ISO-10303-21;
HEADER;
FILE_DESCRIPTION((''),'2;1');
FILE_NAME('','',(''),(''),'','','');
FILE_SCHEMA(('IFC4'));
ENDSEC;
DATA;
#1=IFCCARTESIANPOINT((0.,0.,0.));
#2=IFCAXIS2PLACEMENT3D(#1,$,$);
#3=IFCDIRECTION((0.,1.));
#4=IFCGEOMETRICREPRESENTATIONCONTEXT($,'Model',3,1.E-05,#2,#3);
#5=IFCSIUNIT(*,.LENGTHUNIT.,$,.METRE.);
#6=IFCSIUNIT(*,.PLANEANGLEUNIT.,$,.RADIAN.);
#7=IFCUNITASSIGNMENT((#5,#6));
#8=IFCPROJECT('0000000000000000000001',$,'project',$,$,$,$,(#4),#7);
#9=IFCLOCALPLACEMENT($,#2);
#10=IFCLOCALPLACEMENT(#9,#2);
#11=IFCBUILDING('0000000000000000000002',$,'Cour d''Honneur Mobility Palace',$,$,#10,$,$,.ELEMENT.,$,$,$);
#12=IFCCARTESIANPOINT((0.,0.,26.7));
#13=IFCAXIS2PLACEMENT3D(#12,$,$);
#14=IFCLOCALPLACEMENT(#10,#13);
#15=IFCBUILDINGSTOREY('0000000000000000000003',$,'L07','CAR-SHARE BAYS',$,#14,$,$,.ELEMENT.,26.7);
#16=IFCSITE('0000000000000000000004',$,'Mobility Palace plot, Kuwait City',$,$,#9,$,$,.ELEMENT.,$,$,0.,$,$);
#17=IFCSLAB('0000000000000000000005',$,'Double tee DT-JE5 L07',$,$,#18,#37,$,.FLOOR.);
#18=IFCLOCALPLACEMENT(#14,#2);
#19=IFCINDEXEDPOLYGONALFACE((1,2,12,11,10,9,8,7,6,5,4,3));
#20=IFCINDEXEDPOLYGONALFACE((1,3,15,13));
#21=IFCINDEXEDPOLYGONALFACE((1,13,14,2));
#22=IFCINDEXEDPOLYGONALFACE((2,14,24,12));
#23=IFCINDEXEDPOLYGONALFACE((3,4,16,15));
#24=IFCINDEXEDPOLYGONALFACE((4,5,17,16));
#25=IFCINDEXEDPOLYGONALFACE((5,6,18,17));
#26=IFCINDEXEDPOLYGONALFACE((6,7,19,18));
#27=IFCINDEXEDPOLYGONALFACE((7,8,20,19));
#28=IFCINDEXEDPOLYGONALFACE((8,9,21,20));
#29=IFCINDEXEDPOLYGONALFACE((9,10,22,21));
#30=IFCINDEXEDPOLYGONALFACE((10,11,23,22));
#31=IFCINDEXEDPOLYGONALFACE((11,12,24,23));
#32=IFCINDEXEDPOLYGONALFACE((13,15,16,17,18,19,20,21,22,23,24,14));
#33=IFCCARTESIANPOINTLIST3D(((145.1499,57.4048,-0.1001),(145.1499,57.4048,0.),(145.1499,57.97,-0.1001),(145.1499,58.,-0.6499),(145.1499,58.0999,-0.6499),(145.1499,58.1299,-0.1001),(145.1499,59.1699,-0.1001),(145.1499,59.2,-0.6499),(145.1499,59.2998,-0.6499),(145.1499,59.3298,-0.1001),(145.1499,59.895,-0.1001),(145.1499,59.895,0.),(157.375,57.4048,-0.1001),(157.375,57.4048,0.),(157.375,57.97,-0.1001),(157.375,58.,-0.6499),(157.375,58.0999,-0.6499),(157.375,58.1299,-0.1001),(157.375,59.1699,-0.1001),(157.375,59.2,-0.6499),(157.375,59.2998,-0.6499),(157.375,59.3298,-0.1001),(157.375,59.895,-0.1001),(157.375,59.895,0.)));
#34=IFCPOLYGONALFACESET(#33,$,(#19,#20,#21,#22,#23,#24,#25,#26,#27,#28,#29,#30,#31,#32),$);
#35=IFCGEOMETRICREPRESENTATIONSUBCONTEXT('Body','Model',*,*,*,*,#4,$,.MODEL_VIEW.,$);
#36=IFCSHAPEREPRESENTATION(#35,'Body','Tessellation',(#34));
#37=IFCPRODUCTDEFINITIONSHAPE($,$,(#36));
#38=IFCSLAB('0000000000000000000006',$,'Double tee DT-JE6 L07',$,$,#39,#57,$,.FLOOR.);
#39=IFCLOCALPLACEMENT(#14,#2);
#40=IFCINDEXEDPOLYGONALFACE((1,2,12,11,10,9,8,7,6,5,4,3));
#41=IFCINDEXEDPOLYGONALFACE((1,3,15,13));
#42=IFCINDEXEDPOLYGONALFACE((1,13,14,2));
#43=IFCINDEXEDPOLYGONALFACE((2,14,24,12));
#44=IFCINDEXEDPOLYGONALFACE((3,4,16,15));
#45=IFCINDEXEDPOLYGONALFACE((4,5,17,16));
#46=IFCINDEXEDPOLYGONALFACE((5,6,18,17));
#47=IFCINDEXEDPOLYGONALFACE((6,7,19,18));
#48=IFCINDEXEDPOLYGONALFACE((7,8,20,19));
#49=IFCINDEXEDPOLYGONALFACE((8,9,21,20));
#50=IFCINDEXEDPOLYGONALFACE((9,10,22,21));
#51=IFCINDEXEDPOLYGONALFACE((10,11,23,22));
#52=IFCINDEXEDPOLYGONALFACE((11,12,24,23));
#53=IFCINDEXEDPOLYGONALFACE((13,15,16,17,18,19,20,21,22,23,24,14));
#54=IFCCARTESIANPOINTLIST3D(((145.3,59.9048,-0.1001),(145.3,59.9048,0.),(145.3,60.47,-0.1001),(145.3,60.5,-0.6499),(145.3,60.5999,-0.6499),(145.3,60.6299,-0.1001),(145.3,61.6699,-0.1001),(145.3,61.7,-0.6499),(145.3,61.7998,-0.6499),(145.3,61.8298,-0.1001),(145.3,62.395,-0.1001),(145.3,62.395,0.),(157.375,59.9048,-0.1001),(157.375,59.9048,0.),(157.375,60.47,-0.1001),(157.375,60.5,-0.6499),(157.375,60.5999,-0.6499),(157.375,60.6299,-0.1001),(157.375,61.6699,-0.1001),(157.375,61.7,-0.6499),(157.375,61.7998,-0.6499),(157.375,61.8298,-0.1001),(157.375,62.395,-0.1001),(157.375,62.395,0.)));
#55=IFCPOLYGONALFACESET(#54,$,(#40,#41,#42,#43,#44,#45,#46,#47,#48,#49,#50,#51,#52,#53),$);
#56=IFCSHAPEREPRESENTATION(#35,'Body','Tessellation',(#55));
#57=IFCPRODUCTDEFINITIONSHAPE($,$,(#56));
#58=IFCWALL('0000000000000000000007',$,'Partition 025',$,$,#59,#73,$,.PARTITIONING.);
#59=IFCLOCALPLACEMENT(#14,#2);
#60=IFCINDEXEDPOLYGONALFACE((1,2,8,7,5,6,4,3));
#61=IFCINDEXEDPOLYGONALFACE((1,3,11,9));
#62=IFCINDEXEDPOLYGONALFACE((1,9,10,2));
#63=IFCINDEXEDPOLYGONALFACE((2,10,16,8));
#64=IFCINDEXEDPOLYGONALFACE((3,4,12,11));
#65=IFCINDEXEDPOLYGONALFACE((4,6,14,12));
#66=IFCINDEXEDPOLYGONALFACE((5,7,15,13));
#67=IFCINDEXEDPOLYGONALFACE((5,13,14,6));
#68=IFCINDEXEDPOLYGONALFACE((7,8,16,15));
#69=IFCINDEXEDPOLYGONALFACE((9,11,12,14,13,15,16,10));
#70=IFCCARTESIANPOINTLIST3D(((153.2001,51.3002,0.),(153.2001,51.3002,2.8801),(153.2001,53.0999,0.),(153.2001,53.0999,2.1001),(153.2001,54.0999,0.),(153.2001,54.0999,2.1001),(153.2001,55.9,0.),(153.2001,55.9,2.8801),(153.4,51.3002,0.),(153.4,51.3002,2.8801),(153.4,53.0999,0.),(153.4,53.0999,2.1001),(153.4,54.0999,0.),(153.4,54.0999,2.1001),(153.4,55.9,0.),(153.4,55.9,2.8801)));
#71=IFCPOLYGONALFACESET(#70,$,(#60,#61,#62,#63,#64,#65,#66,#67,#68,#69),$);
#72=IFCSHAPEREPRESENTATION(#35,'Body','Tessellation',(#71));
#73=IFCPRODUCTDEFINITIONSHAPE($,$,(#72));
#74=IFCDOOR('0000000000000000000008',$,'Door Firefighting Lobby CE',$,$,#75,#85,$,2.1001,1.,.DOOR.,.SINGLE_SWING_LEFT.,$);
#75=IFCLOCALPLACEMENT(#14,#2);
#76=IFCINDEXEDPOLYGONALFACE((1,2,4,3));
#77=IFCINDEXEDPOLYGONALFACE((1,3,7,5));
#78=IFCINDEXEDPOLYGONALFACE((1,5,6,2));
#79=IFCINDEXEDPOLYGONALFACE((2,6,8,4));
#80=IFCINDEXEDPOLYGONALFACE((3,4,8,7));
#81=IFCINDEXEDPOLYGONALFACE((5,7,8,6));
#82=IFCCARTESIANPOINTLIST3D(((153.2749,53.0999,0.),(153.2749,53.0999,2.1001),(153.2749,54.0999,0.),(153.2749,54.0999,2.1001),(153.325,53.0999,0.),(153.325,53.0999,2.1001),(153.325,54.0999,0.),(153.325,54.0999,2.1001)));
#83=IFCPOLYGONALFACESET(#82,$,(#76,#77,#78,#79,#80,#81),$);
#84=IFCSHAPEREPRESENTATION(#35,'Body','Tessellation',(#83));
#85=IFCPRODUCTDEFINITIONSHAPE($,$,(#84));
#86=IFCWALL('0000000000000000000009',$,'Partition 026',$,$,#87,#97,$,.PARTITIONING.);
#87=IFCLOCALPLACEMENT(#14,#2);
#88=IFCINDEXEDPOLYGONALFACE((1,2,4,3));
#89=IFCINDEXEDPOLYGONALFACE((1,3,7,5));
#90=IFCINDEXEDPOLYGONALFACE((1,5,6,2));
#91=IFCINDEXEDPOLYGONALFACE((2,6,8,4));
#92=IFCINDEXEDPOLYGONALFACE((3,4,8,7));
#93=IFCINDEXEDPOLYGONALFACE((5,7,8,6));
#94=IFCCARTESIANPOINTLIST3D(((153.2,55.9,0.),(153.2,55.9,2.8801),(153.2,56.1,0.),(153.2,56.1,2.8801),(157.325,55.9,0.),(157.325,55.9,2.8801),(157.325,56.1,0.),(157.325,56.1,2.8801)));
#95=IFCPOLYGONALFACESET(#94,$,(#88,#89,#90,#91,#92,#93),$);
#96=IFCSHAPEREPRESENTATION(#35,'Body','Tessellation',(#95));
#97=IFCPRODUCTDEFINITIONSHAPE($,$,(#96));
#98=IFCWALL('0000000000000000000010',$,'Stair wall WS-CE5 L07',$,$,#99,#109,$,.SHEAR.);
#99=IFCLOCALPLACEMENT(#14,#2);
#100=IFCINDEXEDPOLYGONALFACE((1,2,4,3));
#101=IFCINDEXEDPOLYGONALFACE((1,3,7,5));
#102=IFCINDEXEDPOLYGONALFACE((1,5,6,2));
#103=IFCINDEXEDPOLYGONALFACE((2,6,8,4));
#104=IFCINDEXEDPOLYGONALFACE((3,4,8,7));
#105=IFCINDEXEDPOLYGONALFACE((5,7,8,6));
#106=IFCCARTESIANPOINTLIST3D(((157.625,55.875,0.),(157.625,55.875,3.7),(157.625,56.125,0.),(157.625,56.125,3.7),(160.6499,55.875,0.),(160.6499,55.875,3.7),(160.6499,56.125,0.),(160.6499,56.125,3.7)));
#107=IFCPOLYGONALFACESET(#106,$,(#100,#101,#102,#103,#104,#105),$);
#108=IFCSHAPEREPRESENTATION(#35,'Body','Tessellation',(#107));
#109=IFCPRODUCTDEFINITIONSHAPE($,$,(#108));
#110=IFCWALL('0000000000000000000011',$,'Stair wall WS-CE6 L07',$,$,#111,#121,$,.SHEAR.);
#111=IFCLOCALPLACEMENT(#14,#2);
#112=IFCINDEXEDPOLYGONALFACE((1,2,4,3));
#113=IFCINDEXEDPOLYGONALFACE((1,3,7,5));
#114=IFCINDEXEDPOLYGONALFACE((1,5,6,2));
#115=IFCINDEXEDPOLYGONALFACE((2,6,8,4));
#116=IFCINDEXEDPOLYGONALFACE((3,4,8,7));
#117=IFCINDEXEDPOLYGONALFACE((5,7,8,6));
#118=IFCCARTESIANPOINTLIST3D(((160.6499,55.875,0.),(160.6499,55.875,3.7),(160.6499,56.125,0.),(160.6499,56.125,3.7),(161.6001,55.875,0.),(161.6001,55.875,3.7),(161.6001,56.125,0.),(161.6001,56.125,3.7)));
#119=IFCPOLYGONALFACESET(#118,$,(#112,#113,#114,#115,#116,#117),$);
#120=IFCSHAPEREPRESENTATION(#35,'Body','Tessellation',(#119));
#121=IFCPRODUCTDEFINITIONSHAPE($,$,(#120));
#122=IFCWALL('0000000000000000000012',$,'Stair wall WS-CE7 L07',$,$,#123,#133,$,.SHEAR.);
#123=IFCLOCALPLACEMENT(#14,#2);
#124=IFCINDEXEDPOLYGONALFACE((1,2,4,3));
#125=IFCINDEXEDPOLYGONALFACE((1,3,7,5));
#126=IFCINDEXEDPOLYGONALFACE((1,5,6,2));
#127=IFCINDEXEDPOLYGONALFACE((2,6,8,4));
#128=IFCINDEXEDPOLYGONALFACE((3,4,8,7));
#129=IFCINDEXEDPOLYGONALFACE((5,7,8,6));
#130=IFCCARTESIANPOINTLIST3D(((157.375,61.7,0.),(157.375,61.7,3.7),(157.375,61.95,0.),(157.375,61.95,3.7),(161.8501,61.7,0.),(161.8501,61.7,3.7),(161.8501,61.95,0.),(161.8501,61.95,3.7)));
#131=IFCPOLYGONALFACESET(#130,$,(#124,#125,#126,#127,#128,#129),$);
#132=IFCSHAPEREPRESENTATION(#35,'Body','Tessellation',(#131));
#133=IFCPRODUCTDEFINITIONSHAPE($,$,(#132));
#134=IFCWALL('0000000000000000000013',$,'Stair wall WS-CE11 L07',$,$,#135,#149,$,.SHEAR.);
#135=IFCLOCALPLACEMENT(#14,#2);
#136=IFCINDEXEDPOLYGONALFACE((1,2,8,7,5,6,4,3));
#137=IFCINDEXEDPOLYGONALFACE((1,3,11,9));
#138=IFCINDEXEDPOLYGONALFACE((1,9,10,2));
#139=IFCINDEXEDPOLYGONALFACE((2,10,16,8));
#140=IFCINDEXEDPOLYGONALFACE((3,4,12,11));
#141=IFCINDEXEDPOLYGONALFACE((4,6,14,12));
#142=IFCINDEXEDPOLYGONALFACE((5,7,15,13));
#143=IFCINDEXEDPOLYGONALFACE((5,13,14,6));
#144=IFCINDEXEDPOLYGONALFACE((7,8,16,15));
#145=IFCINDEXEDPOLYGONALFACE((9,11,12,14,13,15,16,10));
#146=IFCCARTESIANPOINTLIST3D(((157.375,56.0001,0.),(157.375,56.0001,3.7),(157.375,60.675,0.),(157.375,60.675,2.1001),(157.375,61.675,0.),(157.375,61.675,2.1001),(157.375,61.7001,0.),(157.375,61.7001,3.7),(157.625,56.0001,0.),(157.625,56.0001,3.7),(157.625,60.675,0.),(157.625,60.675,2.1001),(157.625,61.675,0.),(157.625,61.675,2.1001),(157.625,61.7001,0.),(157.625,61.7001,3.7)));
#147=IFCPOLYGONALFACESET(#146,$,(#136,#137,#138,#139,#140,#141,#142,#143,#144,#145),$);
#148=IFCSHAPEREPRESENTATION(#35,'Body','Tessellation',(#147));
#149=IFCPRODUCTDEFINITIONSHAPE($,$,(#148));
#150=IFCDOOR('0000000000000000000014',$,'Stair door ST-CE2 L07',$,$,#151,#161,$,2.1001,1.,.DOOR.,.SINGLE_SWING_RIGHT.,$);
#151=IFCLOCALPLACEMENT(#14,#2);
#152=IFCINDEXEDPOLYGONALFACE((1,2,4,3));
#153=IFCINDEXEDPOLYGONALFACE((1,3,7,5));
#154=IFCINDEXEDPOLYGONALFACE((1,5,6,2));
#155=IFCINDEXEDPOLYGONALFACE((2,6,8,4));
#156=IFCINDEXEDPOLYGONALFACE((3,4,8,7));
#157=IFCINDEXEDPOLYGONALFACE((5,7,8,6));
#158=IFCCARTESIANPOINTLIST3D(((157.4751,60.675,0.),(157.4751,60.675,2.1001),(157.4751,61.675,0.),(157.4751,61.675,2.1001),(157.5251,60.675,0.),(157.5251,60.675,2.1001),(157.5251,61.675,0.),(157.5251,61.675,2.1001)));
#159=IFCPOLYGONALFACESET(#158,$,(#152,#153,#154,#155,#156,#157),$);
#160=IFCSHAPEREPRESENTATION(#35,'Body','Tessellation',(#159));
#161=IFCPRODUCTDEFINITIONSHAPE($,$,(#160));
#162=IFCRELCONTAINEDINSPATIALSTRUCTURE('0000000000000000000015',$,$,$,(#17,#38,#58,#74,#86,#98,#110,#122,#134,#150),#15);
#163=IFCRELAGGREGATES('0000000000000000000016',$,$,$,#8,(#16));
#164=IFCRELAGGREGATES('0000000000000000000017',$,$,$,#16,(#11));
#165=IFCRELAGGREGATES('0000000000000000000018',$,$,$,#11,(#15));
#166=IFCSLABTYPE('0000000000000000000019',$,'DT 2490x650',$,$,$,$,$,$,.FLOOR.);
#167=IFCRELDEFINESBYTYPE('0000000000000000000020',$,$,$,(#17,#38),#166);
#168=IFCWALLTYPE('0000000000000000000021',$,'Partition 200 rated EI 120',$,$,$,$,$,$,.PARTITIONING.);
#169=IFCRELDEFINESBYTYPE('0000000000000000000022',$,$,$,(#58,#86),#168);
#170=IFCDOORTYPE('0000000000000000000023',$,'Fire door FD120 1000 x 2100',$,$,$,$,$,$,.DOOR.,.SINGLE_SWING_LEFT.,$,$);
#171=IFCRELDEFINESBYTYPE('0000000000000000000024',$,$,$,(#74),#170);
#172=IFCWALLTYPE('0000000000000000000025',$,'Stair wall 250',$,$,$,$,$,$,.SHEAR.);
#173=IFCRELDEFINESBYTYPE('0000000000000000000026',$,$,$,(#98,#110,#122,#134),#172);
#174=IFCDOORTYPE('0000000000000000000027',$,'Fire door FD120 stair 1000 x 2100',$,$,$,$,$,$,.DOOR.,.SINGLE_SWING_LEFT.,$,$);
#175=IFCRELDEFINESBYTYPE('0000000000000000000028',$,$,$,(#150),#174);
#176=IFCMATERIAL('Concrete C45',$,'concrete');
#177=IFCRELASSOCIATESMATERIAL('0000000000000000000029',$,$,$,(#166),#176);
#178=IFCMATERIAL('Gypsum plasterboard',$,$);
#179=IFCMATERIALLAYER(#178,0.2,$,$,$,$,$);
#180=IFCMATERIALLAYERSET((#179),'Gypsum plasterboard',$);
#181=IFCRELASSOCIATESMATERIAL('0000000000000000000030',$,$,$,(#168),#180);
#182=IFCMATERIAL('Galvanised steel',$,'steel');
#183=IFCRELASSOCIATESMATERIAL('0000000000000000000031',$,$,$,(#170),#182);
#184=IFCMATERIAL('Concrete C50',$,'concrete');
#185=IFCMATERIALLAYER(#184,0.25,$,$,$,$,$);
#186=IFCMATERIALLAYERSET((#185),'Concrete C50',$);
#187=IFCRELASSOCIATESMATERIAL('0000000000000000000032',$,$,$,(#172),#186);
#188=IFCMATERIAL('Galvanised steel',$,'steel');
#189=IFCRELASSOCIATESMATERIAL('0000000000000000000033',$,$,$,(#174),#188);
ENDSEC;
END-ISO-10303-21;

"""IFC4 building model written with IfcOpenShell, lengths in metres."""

from ifc_helpers import new_model, si_unit, direction, frame, frame_2d, origin, place, context, subcontext, project, spatial, polyline, rectangle, outline, extrude, material, layer, layer_set, material_profile, profile_set, type_object, element, fill, save


model = new_model("IFC4")

# Units and contexts
model_context = context("Model", 3, precision=1e-05, world=origin(), true_north=direction((0.0, 1.0)))
body_context = subcontext(model_context, "Body", "Model", "MODEL_VIEW")
ifc_project = project(units=[si_unit("LENGTHUNIT", "METRE"), si_unit("PLANEANGLEUNIT", "RADIAN")], contexts=[model_context])

# Site, building, storey
site_placement = place(None, origin())
site = spatial("IfcSite", under=ifc_project, at=site_placement, Name="Mobility Palace plot, Kuwait City", CompositionType="ELEMENT", RefElevation=0.0)
building_placement = place(site_placement, origin())
building = spatial("IfcBuilding", under=site, at=building_placement, Name="Cour d'Honneur Mobility Palace", CompositionType="ELEMENT")
storey_placement = place(building_placement, frame((0.0, 0.0, 26.7)))
storey = spatial("IfcBuildingStorey", under=building, at=storey_placement, Name="L07", Description="CAR-SHARE BAYS", CompositionType="ELEMENT", Elevation=26.7)

# Slabs
ifc_material_1 = material(Name="Concrete C45", Category="concrete")
ifc_material_profile_1 = material_profile(ifc_material_1, outline(polyline([(-1.2451, 0.0), (1.2451, 0.0), (1.2451, -0.1001), (0.6799, -0.1001), (0.6499, -0.6499), (0.55, -0.6499), (0.52, -0.1001), (-0.52, -0.1001), (-0.55, -0.6499), (-0.6499, -0.6499), (-0.6799, -0.1001), (-1.2451, -0.1001), (-1.2451, 0.0)])), Name="DT 2490x650")
ifc_profile_set_1 = profile_set([ifc_material_profile_1], Name="Concrete C45")
slab_type = type_object("IfcSlabType", Name="DT 2490x650", PredefinedType="FLOOR", material=ifc_profile_set_1)
for number, where, z_axis, x_axis, name in (
    (1, (145.1499, 58.6499, 0.0), (1.0, 0.0, 0.0), (0.0, 1.0, 0.0), "Double tee DT-JE5 L07"),
):
    element("IfcSlab", number, at=place(storey_placement, frame(where, z_axis=z_axis, x_axis=x_axis)), inside=storey, type_object=slab_type, Name=name, PredefinedType="FLOOR", context=body_context, shape_type="SweptSolid", body=[
        extrude(outline(polyline([(-1.2451, 0.0), (1.2451, 0.0), (1.2451, -0.1001), (0.6799, -0.1001), (0.6499, -0.6499), (0.55, -0.6499), (0.52, -0.1001), (-0.52, -0.1001), (-0.55, -0.6499), (-0.6499, -0.6499), (-0.6799, -0.1001), (-1.2451, -0.1001), (-1.2451, 0.0)])), origin(), (0.0, 0.0, 1.0), 12.2251),
    ])
slab_placement = place(storey_placement, frame((145.3, 61.1499, 0.0), z_axis=(1.0, 0.0, 0.0), x_axis=(0.0, 1.0, 0.0)))
element("IfcSlab", 2, at=slab_placement, inside=storey, type_object=slab_type, Name="Double tee DT-JE6 L07", PredefinedType="FLOOR", context=body_context, shape_type="SweptSolid", body=[
    extrude(outline(polyline([(-1.2451, 0.0), (1.2451, 0.0), (1.2451, -0.1001), (0.6799, -0.1001), (0.6499, -0.6499), (0.55, -0.6499), (0.52, -0.1001), (-0.52, -0.1001), (-0.55, -0.6499), (-0.6499, -0.6499), (-0.6799, -0.1001), (-1.2451, -0.1001), (-1.2451, 0.0)])), origin(), (0.0, 0.0, 1.0), 12.075),
])

# Wall, opening, door
ifc_material_2 = material(Name="Gypsum plasterboard")
ifc_layer_1 = layer(ifc_material_2, 0.2)
ifc_layer_set_1 = layer_set([ifc_layer_1], Name="Gypsum plasterboard")
wall_type_1 = type_object("IfcWallType", Name="Partition 200 rated EI 120", PredefinedType="PARTITIONING", material=ifc_layer_set_1)
wall_1_placement = place(storey_placement, frame((153.3, 55.8999, 0.0), z_axis=(0.0, 0.0, 1.0), x_axis=(0.0, -1.0, 0.0)))
wall_1 = element("IfcWall", 3, at=wall_1_placement, inside=storey, type_object=wall_type_1, Name="Partition 025", PredefinedType="PARTITIONING", context=body_context, shape_type="SweptSolid", body=[
    extrude(rectangle(XDim=4.5999, YDim=0.2, at=frame_2d((2.2998, 0.0))), origin(), (0.0, 0.0, 1.0), 2.8801),
])
opening_1_placement = place(wall_1_placement, frame((1.8, 0.0, 0.0)))
opening_1 = element("IfcOpeningElement", 4, at=opening_1_placement, cuts=wall_1, PredefinedType="OPENING", context=body_context, shape_type="SweptSolid", body=[
    extrude(rectangle(XDim=1.0, YDim=2.1001, at=frame_2d((0.5, 1.05))), frame((0.0, 0.1099, 0.0), z_axis=(0.0, -1.0, 0.0), x_axis=(1.0, 0.0, 0.0)), (0.0, 0.0, 1.0), 0.22),
])
ifc_material_3 = material(Name="Galvanised steel", Category="steel")
door_type_1 = type_object("IfcDoorType", Name="Fire door FD120 1000 x 2100", OperationType="SINGLE_SWING_LEFT", PredefinedType="DOOR", material=ifc_material_3)
door_1_placement = place(opening_1_placement, origin())
door_1 = element("IfcDoor", 5, at=door_1_placement, inside=storey, type_object=door_type_1, Name="Door Firefighting Lobby CE", OperationType="SINGLE_SWING_LEFT", OverallHeight=2.1001, OverallWidth=1.0, PredefinedType="DOOR", context=body_context, shape_type="SweptSolid", body=[
    extrude(rectangle(XDim=1.0, YDim=2.1001, at=frame_2d((0.5, 1.05))), frame((0.0, 0.0249, 0.0), z_axis=(0.0, -1.0, 0.0), x_axis=(1.0, 0.0, 0.0)), (0.0, 0.0, 1.0), 0.05),
])
fill(opening_1, door_1)

# Walls
wall_2_placement = place(storey_placement, frame((157.325, 56.0, 0.0), z_axis=(0.0, 0.0, 1.0), x_axis=(-1.0, 0.0, 0.0)))
element("IfcWall", 6, at=wall_2_placement, inside=storey, type_object=wall_type_1, Name="Partition 026", PredefinedType="PARTITIONING", context=body_context, shape_type="SweptSolid", body=[
    extrude(rectangle(XDim=4.125, YDim=0.2, at=frame_2d((2.0625, 0.0))), origin(), (0.0, 0.0, 1.0), 2.8801),
])
ifc_material_4 = material(Name="Concrete C50", Category="concrete")
ifc_layer_2 = layer(ifc_material_4, 0.25)
ifc_layer_set_2 = layer_set([ifc_layer_2], Name="Concrete C50")
wall_type_2 = type_object("IfcWallType", Name="Stair wall 250", PredefinedType="SHEAR", material=ifc_layer_set_2)
wall_3_placement = place(storey_placement, frame((157.625, 56.0, 0.0), z_axis=(0.0, 0.0, 1.0), x_axis=(1.0, 0.0, 0.0)))
element("IfcWall", 7, at=wall_3_placement, inside=storey, type_object=wall_type_2, Name="Stair wall WS-CE5 L07", PredefinedType="SHEAR", context=body_context, shape_type="SweptSolid", body=[
    extrude(rectangle(XDim=3.0249, YDim=0.25, at=frame_2d((1.5125, 0.0))), origin(), (0.0, 0.0, 1.0), 3.7),
])
wall_4_placement = place(storey_placement, frame((160.6499, 56.0, 0.0), z_axis=(0.0, 0.0, 1.0), x_axis=(1.0, 0.0, 0.0)))
element("IfcWall", 8, at=wall_4_placement, inside=storey, type_object=wall_type_2, Name="Stair wall WS-CE6 L07", PredefinedType="SHEAR", context=body_context, shape_type="SweptSolid", body=[
    extrude(rectangle(XDim=0.9502, YDim=0.25, at=frame_2d((0.4751, 0.0))), origin(), (0.0, 0.0, 1.0), 3.7),
])
wall_5_placement = place(storey_placement, frame((157.375, 61.825, 0.0), z_axis=(0.0, 0.0, 1.0), x_axis=(1.0, 0.0, 0.0)))
element("IfcWall", 9, at=wall_5_placement, inside=storey, type_object=wall_type_2, Name="Stair wall WS-CE7 L07", PredefinedType="SHEAR", context=body_context, shape_type="SweptSolid", body=[
    extrude(rectangle(XDim=4.4751, YDim=0.25, at=frame_2d((2.2375, 0.0))), origin(), (0.0, 0.0, 1.0), 3.7),
])

# Wall, opening, door
wall_6_placement = place(storey_placement, frame((157.5, 56.0, 0.0), z_axis=(0.0, 0.0, 1.0), x_axis=(0.0, 1.0, 0.0)))
wall_6 = element("IfcWall", 10, at=wall_6_placement, inside=storey, type_object=wall_type_2, Name="Stair wall WS-CE11 L07", PredefinedType="SHEAR", context=body_context, shape_type="SweptSolid", body=[
    extrude(rectangle(XDim=5.7, YDim=0.25, at=frame_2d((2.8501, 0.0))), origin(), (0.0, 0.0, 1.0), 3.7),
])
opening_2_placement = place(wall_6_placement, frame((4.675, 0.0, 0.0)))
opening_2 = element("IfcOpeningElement", 11, at=opening_2_placement, cuts=wall_6, PredefinedType="OPENING", context=body_context, shape_type="SweptSolid", body=[
    extrude(rectangle(XDim=1.0, YDim=2.1001, at=frame_2d((0.5, 1.05))), frame((0.0, 0.135, 0.0), z_axis=(0.0, -1.0, 0.0), x_axis=(1.0, 0.0, 0.0)), (0.0, 0.0, 1.0), 0.27),
])
ifc_material_5 = material(Name="Galvanised steel", Category="steel")
door_type_2 = type_object("IfcDoorType", Name="Fire door FD120 stair 1000 x 2100", OperationType="SINGLE_SWING_LEFT", PredefinedType="DOOR", material=ifc_material_5)
door_2_placement = place(opening_2_placement, origin())
door_2 = element("IfcDoor", 12, at=door_2_placement, inside=storey, type_object=door_type_2, Name="Stair door ST-CE2 L07", OperationType="SINGLE_SWING_RIGHT", OverallHeight=2.1001, OverallWidth=1.0, PredefinedType="DOOR", context=body_context, shape_type="SweptSolid", body=[
    extrude(rectangle(XDim=1.0, YDim=2.1001, at=frame_2d((0.5, 1.05))), frame((0.0, 0.0249, 0.0), z_axis=(0.0, -1.0, 0.0), x_axis=(1.0, 0.0, 0.0)), (0.0, 0.0, 1.0), 0.05),
])
fill(opening_2, door_2)

save(model, "model.ifc")
